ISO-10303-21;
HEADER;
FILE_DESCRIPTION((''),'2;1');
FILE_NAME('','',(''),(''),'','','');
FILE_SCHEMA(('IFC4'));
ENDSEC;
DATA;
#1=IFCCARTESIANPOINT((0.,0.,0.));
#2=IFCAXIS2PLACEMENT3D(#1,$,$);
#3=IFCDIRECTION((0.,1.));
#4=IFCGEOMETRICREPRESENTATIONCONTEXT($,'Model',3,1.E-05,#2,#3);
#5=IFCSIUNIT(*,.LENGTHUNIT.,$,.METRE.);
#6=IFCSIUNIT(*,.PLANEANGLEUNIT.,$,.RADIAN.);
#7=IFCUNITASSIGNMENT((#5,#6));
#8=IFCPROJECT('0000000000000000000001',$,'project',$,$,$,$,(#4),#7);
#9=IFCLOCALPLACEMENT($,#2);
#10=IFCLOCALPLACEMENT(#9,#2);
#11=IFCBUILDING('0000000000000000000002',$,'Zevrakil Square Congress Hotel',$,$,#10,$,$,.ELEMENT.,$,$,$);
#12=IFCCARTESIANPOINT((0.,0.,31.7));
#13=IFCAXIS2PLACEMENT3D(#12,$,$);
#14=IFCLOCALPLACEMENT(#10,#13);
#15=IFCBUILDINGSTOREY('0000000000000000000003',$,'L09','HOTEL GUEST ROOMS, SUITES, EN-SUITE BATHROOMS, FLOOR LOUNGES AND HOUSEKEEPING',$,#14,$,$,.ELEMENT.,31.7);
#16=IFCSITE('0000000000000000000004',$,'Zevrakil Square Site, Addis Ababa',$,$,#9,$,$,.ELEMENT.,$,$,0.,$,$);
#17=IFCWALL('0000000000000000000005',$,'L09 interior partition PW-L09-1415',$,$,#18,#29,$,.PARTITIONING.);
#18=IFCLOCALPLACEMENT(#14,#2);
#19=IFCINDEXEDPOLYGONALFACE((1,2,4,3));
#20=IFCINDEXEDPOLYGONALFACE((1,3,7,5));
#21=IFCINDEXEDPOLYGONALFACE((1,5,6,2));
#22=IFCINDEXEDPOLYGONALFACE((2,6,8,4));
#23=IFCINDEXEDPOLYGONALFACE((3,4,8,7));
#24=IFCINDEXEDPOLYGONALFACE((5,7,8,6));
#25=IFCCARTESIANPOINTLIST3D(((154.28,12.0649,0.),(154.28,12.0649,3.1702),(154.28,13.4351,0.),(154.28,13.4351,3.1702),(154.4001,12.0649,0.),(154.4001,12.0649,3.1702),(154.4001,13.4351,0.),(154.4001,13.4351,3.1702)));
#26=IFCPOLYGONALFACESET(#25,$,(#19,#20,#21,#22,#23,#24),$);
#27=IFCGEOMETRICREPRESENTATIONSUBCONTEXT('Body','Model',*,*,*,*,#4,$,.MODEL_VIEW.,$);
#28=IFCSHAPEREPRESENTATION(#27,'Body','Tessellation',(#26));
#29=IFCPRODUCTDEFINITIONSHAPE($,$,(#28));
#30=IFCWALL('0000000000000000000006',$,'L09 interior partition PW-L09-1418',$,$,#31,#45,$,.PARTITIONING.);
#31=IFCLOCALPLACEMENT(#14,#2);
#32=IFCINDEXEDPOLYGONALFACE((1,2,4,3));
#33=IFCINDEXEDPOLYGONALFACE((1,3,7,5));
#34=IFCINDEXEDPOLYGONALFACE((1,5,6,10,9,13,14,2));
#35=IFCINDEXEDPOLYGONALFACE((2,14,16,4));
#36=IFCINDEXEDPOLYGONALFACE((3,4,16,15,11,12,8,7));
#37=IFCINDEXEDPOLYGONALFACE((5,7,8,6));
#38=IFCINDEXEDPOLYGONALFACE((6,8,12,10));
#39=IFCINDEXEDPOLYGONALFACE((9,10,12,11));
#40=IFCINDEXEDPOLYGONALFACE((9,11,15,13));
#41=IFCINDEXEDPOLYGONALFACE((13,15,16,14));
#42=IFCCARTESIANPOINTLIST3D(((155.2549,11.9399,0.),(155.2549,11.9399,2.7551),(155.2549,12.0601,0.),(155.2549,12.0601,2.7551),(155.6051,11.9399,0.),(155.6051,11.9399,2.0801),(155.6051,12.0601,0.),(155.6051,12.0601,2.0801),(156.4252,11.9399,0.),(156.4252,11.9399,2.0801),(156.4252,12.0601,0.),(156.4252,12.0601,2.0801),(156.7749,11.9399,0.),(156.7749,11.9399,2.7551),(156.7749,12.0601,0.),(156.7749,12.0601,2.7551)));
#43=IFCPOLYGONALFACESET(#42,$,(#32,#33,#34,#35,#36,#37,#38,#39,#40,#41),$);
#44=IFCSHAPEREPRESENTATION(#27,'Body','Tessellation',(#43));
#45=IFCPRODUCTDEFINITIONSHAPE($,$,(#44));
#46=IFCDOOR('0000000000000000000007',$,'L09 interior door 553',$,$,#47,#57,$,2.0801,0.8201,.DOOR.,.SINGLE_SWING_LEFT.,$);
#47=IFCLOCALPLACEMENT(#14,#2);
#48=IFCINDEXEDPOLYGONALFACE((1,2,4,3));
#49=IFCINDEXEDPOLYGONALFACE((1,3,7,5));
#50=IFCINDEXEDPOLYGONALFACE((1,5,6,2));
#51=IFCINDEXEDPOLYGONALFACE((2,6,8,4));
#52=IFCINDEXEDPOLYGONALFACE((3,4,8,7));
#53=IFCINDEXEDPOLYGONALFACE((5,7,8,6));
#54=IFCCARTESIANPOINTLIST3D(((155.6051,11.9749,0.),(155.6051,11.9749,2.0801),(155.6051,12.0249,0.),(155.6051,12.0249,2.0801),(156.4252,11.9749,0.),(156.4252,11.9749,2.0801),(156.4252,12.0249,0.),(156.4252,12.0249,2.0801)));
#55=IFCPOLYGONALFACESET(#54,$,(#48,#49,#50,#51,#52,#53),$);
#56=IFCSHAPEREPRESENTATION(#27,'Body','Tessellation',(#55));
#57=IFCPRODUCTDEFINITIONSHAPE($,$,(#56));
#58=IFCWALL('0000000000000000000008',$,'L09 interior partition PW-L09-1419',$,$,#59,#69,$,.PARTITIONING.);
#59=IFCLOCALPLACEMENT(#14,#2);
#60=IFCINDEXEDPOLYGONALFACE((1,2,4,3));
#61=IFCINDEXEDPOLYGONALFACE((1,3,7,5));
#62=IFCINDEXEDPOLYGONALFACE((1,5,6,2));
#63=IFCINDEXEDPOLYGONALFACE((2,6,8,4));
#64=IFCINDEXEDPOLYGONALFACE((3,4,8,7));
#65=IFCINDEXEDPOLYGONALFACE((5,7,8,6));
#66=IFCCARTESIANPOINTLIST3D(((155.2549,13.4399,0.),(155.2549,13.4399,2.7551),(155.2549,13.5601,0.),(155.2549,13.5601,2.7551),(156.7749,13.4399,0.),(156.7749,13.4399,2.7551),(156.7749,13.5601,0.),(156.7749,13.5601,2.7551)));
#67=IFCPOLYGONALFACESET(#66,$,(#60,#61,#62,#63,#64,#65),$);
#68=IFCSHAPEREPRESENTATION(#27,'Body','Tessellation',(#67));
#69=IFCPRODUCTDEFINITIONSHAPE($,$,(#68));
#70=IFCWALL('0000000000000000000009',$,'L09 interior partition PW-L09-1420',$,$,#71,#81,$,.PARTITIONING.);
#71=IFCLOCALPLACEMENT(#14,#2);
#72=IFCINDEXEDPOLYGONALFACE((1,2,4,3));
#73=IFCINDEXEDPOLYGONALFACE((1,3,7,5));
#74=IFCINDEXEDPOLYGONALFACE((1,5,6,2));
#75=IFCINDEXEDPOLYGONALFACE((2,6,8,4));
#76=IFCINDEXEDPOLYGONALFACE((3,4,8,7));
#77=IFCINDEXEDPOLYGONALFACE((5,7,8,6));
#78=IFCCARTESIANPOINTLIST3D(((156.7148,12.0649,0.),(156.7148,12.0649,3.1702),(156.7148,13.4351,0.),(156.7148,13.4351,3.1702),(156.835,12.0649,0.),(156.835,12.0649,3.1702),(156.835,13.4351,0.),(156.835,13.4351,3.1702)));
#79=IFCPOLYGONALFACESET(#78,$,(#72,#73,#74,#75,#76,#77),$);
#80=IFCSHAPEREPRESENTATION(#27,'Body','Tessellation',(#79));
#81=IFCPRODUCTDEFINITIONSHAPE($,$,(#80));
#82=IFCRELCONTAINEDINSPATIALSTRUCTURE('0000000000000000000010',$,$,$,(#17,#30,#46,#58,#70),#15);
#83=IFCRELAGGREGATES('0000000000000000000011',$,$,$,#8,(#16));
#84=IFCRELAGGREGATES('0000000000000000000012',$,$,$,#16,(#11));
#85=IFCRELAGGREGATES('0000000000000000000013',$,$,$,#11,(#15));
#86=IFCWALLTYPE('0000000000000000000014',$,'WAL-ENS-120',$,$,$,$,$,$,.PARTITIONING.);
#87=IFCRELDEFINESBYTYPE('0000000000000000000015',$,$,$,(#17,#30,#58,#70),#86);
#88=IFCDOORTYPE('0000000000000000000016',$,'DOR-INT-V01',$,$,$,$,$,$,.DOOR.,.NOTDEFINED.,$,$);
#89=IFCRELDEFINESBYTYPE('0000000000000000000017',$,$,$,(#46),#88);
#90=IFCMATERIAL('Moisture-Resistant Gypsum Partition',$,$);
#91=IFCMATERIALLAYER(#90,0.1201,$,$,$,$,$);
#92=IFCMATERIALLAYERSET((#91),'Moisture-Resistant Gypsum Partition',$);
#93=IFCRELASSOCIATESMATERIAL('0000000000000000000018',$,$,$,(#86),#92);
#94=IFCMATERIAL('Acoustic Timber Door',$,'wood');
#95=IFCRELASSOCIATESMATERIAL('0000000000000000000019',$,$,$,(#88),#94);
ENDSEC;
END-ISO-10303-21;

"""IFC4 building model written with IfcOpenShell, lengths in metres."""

from ifc_helpers import new_model, si_unit, direction, frame, frame_2d, origin, place, context, subcontext, project, spatial, rectangle, extrude, material, layer, layer_set, type_object, element, fill, save


model = new_model("IFC4")

# Units and contexts
model_context = context("Model", 3, precision=1e-05, world=origin(), true_north=direction((0.0, 1.0)))
body_context = subcontext(model_context, "Body", "Model", "MODEL_VIEW")
ifc_project = project(units=[si_unit("LENGTHUNIT", "METRE"), si_unit("PLANEANGLEUNIT", "RADIAN")], contexts=[model_context])

# Site, building, storey
site_placement = place(None, origin())
site = spatial("IfcSite", under=ifc_project, at=site_placement, Name="Zevrakil Square Site, Addis Ababa", CompositionType="ELEMENT", RefElevation=0.0)
building_placement = place(site_placement, origin())
building = spatial("IfcBuilding", under=site, at=building_placement, Name="Zevrakil Square Congress Hotel", CompositionType="ELEMENT")
storey_placement = place(building_placement, frame((0.0, 0.0, 31.7)))
storey = spatial("IfcBuildingStorey", under=building, at=storey_placement, Name="L09", Description="HOTEL GUEST ROOMS, SUITES, EN-SUITE BATHROOMS, FLOOR LOUNGES AND HOUSEKEEPING", CompositionType="ELEMENT", Elevation=31.7)

# Shared definitions
ifc_material_1 = material(Name="Moisture-Resistant Gypsum Partition")
ifc_layer_1 = layer(ifc_material_1, 0.1201)
ifc_layer_set_1 = layer_set([ifc_layer_1], Name="Moisture-Resistant Gypsum Partition")
wall_type_1 = type_object("IfcWallType", Name="WAL-ENS-120", PredefinedType="PARTITIONING", material=ifc_layer_set_1)
ifc_material_2 = material(Name="Acoustic Timber Door", Category="wood")
door_type_1 = type_object("IfcDoorType", Name="DOR-INT-V01", OperationType="NOTDEFINED", PredefinedType="DOOR", material=ifc_material_2)

# Wall
wall_1_placement = place(storey_placement, frame((154.3401, 12.0649, 0.0), z_axis=(0.0, 0.0, 1.0), x_axis=(0.0, 1.0, 0.0)))
element("IfcWall", 1, at=wall_1_placement, inside=storey, type_object=wall_type_1, Name="L09 interior partition PW-L09-1415", PredefinedType="PARTITIONING", context=body_context, shape_type="SweptSolid", body=[
    extrude(rectangle(XDim=1.3701, YDim=0.1201, at=frame_2d((0.6851, 0.0))), origin(), (0.0, 0.0, 1.0), 3.1702),
])

# Wall, opening, door
wall_2_placement = place(storey_placement, frame((155.2549, 12.0, 0.0), z_axis=(0.0, 0.0, 1.0), x_axis=(1.0, 0.0, 0.0)))
wall_2 = element("IfcWall", 2, at=wall_2_placement, inside=storey, type_object=wall_type_1, Name="L09 interior partition PW-L09-1418", PredefinedType="PARTITIONING", context=body_context, shape_type="SweptSolid", body=[
    extrude(rectangle(XDim=1.52, YDim=0.1201, at=frame_2d((0.76, 0.0))), origin(), (0.0, 0.0, 1.0), 2.7551),
])
opening_1_placement = place(wall_2_placement, frame((0.3501, 0.0, 0.0)))
opening_1 = element("IfcOpeningElement", 3, at=opening_1_placement, cuts=wall_2, PredefinedType="OPENING", context=body_context, shape_type="SweptSolid", body=[
    extrude(rectangle(XDim=0.8201, YDim=2.0801, at=frame_2d((0.4102, 1.04))), frame((0.0, 0.0701, 0.0), z_axis=(0.0, -1.0, 0.0), x_axis=(1.0, 0.0, 0.0)), (0.0, 0.0, 1.0), 0.1401),
])
door_1_placement = place(opening_1_placement, origin())
door_1 = element("IfcDoor", 4, at=door_1_placement, inside=storey, type_object=door_type_1, Name="L09 interior door 553", OperationType="SINGLE_SWING_LEFT", OverallHeight=2.0801, OverallWidth=0.8201, PredefinedType="DOOR", context=body_context, shape_type="SweptSolid", body=[
    extrude(rectangle(XDim=0.8201, YDim=2.0801, at=frame_2d((0.4102, 1.04))), frame((0.0, 0.0249, 0.0), z_axis=(0.0, -1.0, 0.0), x_axis=(1.0, 0.0, 0.0)), (0.0, 0.0, 1.0), 0.05),
])
fill(opening_1, door_1)

# Walls
wall_3_placement = place(storey_placement, frame((155.2549, 13.5, 0.0), z_axis=(0.0, 0.0, 1.0), x_axis=(1.0, 0.0, 0.0)))
element("IfcWall", 5, at=wall_3_placement, inside=storey, type_object=wall_type_1, Name="L09 interior partition PW-L09-1419", PredefinedType="PARTITIONING", context=body_context, shape_type="SweptSolid", body=[
    extrude(rectangle(XDim=1.52, YDim=0.1201, at=frame_2d((0.76, 0.0))), origin(), (0.0, 0.0, 1.0), 2.7551),
])
wall_4_placement = place(storey_placement, frame((156.7749, 12.0649, 0.0), z_axis=(0.0, 0.0, 1.0), x_axis=(0.0, 1.0, 0.0)))
element("IfcWall", 6, at=wall_4_placement, inside=storey, type_object=wall_type_1, Name="L09 interior partition PW-L09-1420", PredefinedType="PARTITIONING", context=body_context, shape_type="SweptSolid", body=[
    extrude(rectangle(XDim=1.3701, YDim=0.1201, at=frame_2d((0.6851, 0.0))), origin(), (0.0, 0.0, 1.0), 3.1702),
])

save(model, "model.ifc")
